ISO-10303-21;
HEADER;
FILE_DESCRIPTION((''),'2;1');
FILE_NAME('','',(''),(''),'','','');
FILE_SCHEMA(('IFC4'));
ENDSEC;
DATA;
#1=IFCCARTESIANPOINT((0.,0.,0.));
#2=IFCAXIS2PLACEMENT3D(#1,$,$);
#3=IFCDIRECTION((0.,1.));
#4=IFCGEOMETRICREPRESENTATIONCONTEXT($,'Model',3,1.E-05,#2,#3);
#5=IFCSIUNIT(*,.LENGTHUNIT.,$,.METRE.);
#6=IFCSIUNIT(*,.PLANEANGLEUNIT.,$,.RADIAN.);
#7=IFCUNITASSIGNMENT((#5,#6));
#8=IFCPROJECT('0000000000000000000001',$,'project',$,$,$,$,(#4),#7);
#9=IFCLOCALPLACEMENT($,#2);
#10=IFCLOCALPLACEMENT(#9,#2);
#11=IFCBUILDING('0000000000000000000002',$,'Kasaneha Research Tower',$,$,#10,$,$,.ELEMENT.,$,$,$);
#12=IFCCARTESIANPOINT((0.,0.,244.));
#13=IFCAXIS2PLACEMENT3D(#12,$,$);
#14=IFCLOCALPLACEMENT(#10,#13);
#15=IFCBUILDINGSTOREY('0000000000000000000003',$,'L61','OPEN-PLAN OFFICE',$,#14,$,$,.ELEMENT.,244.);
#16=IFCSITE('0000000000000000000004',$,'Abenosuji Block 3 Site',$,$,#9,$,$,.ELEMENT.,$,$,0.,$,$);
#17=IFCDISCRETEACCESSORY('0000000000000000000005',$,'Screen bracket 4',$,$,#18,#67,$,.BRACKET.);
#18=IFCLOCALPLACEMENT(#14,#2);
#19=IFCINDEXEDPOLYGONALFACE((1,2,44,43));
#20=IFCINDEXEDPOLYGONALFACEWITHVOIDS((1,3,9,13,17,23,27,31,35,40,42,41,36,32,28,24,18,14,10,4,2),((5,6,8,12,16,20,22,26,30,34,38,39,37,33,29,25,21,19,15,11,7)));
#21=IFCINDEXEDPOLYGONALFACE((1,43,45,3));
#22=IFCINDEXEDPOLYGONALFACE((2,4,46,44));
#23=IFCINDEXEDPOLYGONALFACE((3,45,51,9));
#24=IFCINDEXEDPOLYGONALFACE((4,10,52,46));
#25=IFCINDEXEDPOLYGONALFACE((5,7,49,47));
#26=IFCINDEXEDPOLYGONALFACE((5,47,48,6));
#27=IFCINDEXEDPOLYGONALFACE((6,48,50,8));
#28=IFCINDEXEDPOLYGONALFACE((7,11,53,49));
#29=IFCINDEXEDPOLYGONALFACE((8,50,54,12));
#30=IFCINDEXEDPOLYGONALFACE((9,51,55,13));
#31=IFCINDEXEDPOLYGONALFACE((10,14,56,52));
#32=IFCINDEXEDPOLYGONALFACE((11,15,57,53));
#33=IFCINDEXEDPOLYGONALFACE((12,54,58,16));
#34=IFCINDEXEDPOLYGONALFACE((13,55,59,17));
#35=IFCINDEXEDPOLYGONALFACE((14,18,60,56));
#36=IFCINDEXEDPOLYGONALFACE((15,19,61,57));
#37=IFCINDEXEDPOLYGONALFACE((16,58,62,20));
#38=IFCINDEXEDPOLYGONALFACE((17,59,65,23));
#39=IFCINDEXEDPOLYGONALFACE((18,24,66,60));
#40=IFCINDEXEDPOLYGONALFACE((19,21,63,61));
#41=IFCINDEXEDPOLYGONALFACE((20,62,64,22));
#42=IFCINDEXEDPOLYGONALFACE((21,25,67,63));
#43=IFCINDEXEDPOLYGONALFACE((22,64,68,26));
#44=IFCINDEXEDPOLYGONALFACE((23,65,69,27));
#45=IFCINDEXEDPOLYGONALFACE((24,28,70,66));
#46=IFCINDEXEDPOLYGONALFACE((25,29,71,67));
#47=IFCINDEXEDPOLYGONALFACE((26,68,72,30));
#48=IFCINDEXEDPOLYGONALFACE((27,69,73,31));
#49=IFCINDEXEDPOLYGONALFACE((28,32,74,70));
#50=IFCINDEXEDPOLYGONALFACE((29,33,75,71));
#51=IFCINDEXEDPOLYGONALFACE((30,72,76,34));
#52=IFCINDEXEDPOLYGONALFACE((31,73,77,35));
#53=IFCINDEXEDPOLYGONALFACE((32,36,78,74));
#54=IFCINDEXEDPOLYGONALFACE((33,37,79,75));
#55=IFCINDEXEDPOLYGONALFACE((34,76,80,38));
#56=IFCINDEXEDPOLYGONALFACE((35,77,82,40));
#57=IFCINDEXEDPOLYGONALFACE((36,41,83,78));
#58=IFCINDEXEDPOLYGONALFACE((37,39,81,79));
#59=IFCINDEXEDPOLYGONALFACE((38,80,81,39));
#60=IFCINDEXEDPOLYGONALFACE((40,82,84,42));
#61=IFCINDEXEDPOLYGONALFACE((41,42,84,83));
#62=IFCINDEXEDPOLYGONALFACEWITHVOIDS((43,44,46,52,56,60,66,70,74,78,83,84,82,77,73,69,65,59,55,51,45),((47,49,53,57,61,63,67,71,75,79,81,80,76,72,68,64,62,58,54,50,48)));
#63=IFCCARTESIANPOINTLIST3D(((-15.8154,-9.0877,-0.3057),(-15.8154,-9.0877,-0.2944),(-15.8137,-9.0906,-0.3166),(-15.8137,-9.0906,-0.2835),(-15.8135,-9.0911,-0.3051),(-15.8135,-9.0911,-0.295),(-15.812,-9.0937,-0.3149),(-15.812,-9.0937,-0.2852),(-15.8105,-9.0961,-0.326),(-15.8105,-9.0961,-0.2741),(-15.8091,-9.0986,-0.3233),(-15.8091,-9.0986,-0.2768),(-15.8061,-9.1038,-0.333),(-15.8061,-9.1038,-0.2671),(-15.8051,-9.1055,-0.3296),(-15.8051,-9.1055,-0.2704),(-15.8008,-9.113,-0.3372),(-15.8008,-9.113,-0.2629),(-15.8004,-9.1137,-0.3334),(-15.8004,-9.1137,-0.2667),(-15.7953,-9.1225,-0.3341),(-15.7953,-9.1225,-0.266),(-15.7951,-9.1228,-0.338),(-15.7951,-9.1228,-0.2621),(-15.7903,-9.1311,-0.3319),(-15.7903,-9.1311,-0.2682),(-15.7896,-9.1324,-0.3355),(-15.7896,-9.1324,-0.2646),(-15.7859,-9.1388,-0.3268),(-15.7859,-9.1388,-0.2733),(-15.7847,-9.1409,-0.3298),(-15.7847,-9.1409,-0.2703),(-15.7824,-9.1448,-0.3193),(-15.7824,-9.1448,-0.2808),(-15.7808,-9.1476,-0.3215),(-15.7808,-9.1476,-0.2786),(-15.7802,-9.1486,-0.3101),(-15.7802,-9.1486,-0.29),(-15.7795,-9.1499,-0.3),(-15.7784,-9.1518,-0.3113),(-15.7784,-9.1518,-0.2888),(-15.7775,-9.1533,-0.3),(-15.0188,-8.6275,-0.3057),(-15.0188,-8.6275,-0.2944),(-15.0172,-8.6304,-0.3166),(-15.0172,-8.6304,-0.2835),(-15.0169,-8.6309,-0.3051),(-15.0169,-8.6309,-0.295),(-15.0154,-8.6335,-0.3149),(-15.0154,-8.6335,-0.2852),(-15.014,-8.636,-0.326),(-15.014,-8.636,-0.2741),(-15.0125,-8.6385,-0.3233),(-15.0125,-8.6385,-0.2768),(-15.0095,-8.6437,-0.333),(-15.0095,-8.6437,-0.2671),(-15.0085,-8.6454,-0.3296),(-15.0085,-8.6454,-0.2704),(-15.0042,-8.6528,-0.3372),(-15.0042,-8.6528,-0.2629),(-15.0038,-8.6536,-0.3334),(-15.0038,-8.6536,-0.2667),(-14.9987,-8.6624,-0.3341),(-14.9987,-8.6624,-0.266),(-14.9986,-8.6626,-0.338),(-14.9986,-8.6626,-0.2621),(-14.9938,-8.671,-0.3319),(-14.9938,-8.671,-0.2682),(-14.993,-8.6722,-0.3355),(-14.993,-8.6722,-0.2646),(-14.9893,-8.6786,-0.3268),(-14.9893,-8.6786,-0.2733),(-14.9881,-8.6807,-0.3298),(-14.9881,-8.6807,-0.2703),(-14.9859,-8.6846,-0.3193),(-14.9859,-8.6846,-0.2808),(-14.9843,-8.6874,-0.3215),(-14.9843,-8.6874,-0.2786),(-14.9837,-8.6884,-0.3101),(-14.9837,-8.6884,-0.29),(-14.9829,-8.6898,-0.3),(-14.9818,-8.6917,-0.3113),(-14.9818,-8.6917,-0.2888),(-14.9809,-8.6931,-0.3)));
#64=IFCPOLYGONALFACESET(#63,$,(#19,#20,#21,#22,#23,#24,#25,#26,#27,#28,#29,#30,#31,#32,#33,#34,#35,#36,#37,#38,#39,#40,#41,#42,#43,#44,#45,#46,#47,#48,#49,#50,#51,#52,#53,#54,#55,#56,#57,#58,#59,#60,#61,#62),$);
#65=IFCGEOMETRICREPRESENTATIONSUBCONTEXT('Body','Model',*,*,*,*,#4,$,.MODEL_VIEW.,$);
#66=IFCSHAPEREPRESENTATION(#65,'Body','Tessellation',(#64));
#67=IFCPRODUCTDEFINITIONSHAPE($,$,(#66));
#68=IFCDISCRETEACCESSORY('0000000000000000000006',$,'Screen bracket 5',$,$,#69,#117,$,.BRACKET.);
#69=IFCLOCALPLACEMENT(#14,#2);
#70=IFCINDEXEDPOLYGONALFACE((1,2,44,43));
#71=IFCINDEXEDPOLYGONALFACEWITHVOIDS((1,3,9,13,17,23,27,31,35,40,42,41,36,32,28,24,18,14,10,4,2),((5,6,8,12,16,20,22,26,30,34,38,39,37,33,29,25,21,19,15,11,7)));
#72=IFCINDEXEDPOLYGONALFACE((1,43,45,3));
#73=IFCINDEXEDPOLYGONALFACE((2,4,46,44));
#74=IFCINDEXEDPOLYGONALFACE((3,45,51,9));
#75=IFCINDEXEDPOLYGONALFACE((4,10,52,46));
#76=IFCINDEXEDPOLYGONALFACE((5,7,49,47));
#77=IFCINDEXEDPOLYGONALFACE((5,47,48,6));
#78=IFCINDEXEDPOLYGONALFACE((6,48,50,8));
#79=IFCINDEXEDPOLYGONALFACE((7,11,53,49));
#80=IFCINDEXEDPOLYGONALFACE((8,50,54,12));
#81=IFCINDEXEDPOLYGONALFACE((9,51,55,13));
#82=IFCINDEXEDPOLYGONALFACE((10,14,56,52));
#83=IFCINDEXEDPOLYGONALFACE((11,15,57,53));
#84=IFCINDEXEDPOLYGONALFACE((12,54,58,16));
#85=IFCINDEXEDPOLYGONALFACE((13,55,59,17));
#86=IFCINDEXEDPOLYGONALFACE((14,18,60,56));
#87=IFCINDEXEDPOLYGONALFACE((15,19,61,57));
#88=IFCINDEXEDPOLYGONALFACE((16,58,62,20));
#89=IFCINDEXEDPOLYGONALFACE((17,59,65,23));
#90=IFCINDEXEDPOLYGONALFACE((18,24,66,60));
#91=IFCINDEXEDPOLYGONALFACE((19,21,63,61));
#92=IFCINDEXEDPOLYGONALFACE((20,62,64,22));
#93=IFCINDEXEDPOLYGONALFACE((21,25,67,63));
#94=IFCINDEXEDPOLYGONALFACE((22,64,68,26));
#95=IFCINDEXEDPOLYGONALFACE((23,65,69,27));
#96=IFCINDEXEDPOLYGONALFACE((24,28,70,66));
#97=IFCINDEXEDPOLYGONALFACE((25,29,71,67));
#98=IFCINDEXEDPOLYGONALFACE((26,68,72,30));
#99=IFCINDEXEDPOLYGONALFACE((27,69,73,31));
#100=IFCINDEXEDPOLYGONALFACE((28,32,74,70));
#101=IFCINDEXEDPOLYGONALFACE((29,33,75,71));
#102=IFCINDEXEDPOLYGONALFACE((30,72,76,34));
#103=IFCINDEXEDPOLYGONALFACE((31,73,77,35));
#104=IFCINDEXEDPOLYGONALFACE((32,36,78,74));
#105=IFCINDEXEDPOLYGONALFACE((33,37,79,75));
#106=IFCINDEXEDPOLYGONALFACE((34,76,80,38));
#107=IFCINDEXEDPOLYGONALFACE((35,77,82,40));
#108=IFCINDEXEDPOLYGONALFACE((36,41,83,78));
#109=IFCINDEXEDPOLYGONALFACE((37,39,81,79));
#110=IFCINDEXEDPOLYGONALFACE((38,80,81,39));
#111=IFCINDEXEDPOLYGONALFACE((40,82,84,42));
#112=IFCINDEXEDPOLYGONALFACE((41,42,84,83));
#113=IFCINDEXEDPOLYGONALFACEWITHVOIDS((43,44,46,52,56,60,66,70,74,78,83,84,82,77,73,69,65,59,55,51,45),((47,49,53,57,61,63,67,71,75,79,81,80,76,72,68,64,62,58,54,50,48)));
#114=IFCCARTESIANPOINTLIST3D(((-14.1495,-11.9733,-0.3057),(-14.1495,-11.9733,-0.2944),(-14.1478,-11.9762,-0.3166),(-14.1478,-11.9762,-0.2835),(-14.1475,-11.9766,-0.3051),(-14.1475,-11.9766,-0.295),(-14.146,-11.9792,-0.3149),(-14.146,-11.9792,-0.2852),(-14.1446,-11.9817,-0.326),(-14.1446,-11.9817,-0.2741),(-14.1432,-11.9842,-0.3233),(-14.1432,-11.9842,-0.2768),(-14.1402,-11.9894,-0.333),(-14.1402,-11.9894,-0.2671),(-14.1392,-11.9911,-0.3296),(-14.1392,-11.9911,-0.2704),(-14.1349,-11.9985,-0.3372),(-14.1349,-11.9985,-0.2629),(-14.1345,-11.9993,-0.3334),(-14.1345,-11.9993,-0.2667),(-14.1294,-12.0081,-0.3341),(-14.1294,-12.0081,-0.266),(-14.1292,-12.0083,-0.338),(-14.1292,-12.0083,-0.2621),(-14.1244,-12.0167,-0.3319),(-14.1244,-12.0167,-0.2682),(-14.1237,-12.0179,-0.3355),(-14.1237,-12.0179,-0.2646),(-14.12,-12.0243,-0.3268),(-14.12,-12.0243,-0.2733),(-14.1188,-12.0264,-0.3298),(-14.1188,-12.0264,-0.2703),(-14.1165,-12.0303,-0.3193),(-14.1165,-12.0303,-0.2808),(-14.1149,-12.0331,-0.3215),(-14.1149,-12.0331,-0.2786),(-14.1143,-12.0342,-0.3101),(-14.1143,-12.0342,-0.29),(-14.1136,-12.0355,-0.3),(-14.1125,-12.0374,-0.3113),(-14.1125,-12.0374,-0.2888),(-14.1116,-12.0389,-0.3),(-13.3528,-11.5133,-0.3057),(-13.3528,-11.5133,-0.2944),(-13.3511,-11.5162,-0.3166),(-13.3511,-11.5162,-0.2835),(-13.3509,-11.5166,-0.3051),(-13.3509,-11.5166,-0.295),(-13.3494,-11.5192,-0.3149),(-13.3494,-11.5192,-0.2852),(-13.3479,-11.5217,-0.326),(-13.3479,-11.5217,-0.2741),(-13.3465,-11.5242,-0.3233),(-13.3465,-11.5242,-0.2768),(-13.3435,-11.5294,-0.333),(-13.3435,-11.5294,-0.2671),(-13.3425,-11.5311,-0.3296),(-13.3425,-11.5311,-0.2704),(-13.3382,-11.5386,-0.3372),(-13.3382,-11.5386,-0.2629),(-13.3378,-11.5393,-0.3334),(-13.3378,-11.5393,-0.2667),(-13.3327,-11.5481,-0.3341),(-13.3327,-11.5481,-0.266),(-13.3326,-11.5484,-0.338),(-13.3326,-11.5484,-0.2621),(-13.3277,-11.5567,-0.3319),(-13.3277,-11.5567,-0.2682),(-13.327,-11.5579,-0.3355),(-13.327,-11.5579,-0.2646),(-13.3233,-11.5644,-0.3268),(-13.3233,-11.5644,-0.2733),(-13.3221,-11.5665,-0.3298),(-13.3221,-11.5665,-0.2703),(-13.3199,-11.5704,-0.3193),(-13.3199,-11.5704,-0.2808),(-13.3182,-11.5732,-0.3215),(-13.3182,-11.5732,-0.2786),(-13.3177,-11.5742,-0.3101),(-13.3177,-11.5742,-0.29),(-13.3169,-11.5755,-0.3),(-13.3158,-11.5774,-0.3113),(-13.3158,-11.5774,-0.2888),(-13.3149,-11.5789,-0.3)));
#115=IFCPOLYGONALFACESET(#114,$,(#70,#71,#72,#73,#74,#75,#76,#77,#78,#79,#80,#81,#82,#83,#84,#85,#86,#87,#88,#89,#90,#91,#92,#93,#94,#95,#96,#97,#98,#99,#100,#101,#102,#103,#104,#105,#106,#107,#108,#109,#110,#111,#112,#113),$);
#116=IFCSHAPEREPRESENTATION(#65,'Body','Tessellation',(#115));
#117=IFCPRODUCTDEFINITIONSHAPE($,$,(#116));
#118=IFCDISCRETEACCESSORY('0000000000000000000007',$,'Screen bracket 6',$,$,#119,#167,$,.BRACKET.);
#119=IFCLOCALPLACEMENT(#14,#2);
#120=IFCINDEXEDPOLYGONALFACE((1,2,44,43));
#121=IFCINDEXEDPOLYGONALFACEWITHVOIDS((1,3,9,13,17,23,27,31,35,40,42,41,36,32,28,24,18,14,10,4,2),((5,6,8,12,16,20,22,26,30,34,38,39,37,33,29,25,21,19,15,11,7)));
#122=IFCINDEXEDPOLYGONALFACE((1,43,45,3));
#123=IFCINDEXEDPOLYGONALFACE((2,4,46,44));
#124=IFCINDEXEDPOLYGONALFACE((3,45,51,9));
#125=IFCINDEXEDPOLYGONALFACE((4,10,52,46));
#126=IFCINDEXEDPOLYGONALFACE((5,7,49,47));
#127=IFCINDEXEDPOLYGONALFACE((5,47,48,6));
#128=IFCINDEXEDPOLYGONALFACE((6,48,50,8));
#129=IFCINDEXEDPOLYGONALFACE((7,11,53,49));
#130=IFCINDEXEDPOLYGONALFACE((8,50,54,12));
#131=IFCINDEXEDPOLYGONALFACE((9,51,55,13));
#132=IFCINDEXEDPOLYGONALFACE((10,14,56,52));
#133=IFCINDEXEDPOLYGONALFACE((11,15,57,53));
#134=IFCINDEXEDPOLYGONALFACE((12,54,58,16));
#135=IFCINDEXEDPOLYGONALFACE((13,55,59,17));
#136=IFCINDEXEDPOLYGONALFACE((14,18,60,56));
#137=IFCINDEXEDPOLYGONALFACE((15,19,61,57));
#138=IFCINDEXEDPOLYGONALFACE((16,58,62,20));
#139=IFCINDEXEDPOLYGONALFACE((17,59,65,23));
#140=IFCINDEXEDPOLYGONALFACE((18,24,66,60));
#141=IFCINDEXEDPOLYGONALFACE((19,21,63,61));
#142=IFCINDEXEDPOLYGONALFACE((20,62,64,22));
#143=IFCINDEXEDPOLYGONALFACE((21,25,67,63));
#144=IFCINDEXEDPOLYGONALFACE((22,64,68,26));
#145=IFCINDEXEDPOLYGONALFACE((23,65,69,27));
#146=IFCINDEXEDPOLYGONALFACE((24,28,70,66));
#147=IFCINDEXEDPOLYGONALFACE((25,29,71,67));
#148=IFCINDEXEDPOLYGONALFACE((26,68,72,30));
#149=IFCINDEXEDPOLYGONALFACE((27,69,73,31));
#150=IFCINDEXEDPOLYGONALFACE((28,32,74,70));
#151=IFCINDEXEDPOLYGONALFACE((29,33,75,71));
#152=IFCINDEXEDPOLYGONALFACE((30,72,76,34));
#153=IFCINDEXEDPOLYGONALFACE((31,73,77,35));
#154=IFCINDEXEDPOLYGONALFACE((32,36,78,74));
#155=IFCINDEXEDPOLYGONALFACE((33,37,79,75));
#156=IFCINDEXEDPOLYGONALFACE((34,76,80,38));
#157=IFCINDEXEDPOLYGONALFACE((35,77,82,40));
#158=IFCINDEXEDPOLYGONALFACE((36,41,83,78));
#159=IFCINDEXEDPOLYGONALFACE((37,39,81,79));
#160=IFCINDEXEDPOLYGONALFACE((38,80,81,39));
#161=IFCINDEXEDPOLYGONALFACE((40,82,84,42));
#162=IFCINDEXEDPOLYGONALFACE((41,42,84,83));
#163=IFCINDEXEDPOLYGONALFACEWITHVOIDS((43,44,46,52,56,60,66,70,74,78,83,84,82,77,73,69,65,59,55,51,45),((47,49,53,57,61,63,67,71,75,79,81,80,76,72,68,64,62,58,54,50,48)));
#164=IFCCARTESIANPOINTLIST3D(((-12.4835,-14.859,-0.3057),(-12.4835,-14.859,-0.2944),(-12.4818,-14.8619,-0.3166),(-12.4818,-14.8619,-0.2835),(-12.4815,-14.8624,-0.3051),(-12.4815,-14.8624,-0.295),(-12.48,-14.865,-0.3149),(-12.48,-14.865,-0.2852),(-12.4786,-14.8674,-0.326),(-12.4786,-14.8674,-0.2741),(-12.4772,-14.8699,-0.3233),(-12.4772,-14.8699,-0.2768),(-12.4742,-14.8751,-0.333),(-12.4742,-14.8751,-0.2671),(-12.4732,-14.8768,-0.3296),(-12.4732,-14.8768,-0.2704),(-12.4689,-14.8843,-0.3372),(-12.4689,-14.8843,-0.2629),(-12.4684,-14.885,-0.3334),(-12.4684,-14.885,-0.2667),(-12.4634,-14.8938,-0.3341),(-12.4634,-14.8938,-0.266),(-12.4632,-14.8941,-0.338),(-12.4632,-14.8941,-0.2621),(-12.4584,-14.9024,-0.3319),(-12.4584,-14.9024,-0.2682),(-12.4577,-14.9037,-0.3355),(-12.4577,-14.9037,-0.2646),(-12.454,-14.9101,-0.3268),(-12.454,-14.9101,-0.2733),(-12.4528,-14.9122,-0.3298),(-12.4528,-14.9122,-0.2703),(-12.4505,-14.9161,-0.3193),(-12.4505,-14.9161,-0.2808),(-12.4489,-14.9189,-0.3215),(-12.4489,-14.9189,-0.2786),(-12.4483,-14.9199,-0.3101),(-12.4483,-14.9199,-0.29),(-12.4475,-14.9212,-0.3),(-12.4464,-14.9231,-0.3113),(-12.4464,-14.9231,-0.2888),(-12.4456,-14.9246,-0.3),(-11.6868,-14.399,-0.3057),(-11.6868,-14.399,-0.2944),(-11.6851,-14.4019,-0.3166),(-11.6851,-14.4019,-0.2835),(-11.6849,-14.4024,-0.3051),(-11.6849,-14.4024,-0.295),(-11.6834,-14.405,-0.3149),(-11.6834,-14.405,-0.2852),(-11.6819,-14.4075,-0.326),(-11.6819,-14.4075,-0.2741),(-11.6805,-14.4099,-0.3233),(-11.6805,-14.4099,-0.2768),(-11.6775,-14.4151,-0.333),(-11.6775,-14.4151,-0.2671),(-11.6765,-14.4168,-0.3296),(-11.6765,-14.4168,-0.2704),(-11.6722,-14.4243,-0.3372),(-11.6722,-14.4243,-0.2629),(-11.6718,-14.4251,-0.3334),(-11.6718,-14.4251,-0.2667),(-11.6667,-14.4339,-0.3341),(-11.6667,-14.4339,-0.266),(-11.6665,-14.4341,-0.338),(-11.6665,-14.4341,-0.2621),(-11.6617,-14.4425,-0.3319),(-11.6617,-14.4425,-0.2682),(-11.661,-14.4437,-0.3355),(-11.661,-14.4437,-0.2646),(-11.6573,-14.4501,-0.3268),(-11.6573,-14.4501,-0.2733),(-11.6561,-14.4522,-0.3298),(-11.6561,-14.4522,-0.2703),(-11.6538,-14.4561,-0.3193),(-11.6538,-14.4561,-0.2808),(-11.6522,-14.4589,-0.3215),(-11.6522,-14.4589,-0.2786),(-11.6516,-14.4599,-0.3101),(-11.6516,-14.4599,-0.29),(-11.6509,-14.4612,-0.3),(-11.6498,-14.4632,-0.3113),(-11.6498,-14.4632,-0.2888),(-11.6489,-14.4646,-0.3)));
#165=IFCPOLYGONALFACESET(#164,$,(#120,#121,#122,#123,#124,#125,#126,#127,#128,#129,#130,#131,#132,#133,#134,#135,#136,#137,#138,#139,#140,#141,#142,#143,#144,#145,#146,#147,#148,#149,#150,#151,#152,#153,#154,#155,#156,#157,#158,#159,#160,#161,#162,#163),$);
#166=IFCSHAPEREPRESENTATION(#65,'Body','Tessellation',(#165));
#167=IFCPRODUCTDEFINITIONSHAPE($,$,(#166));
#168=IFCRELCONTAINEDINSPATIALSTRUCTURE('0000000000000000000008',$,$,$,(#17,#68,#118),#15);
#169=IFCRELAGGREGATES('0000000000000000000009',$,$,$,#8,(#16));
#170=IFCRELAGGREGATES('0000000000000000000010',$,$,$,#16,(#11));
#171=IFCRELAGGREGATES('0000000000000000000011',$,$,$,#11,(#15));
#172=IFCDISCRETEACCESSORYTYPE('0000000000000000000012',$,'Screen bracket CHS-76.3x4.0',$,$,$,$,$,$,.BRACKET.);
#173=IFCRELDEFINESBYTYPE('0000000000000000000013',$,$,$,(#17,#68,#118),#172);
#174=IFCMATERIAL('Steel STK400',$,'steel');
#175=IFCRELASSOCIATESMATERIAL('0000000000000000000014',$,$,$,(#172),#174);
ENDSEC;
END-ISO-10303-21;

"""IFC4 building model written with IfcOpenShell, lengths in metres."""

from ifc_helpers import new_model, si_unit, direction, frame, origin, origin_2d, place, context, subcontext, project, spatial, hollow_circle, extrude, material, material_profile, profile_set, type_object, element, save


model = new_model("IFC4")

# Units and contexts
model_context = context("Model", 3, precision=1e-05, world=origin(), true_north=direction((0.0, 1.0)))
body_context = subcontext(model_context, "Body", "Model", "MODEL_VIEW")
ifc_project = project(units=[si_unit("LENGTHUNIT", "METRE"), si_unit("PLANEANGLEUNIT", "RADIAN")], contexts=[model_context])

# Site, building, storey
site_placement = place(None, origin())
site = spatial("IfcSite", under=ifc_project, at=site_placement, Name="Abenosuji Block 3 Site", CompositionType="ELEMENT", RefElevation=0.0)
building_placement = place(site_placement, origin())
building = spatial("IfcBuilding", under=site, at=building_placement, Name="Kasaneha Research Tower", CompositionType="ELEMENT")
storey_placement = place(building_placement, frame((0.0, 0.0, 244.0)))
storey = spatial("IfcBuildingStorey", under=building, at=storey_placement, Name="L61", Description="OPEN-PLAN OFFICE", CompositionType="ELEMENT", Elevation=244.0)

# Discrete accessories
ifc_material_1 = material(Name="Steel STK400", Category="steel")
ifc_material_profile_1 = material_profile(ifc_material_1, hollow_circle(Radius=0.0381, WallThickness=0.0039, at=origin_2d()), Name="CHS-76.3x4.0")
ifc_profile_set_1 = profile_set([ifc_material_profile_1], Name="Steel STK400")
discrete_accessory_type = type_object("IfcDiscreteAccessoryType", Name="Screen bracket CHS-76.3x4.0", PredefinedType="BRACKET", material=ifc_profile_set_1)
for number, where, z_axis, x_axis, name in (
    (1, (-15.0, -8.6602, -0.3), (-0.865898, -0.50022, 0.0), (0.50022, -0.865898, 0.0), "Screen bracket 4"),
    (2, (-13.334, -11.5459, -0.3), (-0.866013, -0.500021, 0.0), (0.500021, -0.866013, 0.0), "Screen bracket 5"),
    (3, (-11.668, -14.4316, -0.3), (-0.866013, -0.500021, 0.0), (0.500021, -0.866013, 0.0), "Screen bracket 6"),
):
    element("IfcDiscreteAccessory", number, at=place(storey_placement, frame(where, z_axis=z_axis, x_axis=x_axis)), inside=storey, type_object=discrete_accessory_type, Name=name, PredefinedType="BRACKET", context=body_context, shape_type="SweptSolid", body=[
        extrude(hollow_circle(Radius=0.0381, WallThickness=0.0039, at=origin_2d()), origin(), (0.0, 0.0, 1.0), 0.9199),
    ])

save(model, "model.ifc")
